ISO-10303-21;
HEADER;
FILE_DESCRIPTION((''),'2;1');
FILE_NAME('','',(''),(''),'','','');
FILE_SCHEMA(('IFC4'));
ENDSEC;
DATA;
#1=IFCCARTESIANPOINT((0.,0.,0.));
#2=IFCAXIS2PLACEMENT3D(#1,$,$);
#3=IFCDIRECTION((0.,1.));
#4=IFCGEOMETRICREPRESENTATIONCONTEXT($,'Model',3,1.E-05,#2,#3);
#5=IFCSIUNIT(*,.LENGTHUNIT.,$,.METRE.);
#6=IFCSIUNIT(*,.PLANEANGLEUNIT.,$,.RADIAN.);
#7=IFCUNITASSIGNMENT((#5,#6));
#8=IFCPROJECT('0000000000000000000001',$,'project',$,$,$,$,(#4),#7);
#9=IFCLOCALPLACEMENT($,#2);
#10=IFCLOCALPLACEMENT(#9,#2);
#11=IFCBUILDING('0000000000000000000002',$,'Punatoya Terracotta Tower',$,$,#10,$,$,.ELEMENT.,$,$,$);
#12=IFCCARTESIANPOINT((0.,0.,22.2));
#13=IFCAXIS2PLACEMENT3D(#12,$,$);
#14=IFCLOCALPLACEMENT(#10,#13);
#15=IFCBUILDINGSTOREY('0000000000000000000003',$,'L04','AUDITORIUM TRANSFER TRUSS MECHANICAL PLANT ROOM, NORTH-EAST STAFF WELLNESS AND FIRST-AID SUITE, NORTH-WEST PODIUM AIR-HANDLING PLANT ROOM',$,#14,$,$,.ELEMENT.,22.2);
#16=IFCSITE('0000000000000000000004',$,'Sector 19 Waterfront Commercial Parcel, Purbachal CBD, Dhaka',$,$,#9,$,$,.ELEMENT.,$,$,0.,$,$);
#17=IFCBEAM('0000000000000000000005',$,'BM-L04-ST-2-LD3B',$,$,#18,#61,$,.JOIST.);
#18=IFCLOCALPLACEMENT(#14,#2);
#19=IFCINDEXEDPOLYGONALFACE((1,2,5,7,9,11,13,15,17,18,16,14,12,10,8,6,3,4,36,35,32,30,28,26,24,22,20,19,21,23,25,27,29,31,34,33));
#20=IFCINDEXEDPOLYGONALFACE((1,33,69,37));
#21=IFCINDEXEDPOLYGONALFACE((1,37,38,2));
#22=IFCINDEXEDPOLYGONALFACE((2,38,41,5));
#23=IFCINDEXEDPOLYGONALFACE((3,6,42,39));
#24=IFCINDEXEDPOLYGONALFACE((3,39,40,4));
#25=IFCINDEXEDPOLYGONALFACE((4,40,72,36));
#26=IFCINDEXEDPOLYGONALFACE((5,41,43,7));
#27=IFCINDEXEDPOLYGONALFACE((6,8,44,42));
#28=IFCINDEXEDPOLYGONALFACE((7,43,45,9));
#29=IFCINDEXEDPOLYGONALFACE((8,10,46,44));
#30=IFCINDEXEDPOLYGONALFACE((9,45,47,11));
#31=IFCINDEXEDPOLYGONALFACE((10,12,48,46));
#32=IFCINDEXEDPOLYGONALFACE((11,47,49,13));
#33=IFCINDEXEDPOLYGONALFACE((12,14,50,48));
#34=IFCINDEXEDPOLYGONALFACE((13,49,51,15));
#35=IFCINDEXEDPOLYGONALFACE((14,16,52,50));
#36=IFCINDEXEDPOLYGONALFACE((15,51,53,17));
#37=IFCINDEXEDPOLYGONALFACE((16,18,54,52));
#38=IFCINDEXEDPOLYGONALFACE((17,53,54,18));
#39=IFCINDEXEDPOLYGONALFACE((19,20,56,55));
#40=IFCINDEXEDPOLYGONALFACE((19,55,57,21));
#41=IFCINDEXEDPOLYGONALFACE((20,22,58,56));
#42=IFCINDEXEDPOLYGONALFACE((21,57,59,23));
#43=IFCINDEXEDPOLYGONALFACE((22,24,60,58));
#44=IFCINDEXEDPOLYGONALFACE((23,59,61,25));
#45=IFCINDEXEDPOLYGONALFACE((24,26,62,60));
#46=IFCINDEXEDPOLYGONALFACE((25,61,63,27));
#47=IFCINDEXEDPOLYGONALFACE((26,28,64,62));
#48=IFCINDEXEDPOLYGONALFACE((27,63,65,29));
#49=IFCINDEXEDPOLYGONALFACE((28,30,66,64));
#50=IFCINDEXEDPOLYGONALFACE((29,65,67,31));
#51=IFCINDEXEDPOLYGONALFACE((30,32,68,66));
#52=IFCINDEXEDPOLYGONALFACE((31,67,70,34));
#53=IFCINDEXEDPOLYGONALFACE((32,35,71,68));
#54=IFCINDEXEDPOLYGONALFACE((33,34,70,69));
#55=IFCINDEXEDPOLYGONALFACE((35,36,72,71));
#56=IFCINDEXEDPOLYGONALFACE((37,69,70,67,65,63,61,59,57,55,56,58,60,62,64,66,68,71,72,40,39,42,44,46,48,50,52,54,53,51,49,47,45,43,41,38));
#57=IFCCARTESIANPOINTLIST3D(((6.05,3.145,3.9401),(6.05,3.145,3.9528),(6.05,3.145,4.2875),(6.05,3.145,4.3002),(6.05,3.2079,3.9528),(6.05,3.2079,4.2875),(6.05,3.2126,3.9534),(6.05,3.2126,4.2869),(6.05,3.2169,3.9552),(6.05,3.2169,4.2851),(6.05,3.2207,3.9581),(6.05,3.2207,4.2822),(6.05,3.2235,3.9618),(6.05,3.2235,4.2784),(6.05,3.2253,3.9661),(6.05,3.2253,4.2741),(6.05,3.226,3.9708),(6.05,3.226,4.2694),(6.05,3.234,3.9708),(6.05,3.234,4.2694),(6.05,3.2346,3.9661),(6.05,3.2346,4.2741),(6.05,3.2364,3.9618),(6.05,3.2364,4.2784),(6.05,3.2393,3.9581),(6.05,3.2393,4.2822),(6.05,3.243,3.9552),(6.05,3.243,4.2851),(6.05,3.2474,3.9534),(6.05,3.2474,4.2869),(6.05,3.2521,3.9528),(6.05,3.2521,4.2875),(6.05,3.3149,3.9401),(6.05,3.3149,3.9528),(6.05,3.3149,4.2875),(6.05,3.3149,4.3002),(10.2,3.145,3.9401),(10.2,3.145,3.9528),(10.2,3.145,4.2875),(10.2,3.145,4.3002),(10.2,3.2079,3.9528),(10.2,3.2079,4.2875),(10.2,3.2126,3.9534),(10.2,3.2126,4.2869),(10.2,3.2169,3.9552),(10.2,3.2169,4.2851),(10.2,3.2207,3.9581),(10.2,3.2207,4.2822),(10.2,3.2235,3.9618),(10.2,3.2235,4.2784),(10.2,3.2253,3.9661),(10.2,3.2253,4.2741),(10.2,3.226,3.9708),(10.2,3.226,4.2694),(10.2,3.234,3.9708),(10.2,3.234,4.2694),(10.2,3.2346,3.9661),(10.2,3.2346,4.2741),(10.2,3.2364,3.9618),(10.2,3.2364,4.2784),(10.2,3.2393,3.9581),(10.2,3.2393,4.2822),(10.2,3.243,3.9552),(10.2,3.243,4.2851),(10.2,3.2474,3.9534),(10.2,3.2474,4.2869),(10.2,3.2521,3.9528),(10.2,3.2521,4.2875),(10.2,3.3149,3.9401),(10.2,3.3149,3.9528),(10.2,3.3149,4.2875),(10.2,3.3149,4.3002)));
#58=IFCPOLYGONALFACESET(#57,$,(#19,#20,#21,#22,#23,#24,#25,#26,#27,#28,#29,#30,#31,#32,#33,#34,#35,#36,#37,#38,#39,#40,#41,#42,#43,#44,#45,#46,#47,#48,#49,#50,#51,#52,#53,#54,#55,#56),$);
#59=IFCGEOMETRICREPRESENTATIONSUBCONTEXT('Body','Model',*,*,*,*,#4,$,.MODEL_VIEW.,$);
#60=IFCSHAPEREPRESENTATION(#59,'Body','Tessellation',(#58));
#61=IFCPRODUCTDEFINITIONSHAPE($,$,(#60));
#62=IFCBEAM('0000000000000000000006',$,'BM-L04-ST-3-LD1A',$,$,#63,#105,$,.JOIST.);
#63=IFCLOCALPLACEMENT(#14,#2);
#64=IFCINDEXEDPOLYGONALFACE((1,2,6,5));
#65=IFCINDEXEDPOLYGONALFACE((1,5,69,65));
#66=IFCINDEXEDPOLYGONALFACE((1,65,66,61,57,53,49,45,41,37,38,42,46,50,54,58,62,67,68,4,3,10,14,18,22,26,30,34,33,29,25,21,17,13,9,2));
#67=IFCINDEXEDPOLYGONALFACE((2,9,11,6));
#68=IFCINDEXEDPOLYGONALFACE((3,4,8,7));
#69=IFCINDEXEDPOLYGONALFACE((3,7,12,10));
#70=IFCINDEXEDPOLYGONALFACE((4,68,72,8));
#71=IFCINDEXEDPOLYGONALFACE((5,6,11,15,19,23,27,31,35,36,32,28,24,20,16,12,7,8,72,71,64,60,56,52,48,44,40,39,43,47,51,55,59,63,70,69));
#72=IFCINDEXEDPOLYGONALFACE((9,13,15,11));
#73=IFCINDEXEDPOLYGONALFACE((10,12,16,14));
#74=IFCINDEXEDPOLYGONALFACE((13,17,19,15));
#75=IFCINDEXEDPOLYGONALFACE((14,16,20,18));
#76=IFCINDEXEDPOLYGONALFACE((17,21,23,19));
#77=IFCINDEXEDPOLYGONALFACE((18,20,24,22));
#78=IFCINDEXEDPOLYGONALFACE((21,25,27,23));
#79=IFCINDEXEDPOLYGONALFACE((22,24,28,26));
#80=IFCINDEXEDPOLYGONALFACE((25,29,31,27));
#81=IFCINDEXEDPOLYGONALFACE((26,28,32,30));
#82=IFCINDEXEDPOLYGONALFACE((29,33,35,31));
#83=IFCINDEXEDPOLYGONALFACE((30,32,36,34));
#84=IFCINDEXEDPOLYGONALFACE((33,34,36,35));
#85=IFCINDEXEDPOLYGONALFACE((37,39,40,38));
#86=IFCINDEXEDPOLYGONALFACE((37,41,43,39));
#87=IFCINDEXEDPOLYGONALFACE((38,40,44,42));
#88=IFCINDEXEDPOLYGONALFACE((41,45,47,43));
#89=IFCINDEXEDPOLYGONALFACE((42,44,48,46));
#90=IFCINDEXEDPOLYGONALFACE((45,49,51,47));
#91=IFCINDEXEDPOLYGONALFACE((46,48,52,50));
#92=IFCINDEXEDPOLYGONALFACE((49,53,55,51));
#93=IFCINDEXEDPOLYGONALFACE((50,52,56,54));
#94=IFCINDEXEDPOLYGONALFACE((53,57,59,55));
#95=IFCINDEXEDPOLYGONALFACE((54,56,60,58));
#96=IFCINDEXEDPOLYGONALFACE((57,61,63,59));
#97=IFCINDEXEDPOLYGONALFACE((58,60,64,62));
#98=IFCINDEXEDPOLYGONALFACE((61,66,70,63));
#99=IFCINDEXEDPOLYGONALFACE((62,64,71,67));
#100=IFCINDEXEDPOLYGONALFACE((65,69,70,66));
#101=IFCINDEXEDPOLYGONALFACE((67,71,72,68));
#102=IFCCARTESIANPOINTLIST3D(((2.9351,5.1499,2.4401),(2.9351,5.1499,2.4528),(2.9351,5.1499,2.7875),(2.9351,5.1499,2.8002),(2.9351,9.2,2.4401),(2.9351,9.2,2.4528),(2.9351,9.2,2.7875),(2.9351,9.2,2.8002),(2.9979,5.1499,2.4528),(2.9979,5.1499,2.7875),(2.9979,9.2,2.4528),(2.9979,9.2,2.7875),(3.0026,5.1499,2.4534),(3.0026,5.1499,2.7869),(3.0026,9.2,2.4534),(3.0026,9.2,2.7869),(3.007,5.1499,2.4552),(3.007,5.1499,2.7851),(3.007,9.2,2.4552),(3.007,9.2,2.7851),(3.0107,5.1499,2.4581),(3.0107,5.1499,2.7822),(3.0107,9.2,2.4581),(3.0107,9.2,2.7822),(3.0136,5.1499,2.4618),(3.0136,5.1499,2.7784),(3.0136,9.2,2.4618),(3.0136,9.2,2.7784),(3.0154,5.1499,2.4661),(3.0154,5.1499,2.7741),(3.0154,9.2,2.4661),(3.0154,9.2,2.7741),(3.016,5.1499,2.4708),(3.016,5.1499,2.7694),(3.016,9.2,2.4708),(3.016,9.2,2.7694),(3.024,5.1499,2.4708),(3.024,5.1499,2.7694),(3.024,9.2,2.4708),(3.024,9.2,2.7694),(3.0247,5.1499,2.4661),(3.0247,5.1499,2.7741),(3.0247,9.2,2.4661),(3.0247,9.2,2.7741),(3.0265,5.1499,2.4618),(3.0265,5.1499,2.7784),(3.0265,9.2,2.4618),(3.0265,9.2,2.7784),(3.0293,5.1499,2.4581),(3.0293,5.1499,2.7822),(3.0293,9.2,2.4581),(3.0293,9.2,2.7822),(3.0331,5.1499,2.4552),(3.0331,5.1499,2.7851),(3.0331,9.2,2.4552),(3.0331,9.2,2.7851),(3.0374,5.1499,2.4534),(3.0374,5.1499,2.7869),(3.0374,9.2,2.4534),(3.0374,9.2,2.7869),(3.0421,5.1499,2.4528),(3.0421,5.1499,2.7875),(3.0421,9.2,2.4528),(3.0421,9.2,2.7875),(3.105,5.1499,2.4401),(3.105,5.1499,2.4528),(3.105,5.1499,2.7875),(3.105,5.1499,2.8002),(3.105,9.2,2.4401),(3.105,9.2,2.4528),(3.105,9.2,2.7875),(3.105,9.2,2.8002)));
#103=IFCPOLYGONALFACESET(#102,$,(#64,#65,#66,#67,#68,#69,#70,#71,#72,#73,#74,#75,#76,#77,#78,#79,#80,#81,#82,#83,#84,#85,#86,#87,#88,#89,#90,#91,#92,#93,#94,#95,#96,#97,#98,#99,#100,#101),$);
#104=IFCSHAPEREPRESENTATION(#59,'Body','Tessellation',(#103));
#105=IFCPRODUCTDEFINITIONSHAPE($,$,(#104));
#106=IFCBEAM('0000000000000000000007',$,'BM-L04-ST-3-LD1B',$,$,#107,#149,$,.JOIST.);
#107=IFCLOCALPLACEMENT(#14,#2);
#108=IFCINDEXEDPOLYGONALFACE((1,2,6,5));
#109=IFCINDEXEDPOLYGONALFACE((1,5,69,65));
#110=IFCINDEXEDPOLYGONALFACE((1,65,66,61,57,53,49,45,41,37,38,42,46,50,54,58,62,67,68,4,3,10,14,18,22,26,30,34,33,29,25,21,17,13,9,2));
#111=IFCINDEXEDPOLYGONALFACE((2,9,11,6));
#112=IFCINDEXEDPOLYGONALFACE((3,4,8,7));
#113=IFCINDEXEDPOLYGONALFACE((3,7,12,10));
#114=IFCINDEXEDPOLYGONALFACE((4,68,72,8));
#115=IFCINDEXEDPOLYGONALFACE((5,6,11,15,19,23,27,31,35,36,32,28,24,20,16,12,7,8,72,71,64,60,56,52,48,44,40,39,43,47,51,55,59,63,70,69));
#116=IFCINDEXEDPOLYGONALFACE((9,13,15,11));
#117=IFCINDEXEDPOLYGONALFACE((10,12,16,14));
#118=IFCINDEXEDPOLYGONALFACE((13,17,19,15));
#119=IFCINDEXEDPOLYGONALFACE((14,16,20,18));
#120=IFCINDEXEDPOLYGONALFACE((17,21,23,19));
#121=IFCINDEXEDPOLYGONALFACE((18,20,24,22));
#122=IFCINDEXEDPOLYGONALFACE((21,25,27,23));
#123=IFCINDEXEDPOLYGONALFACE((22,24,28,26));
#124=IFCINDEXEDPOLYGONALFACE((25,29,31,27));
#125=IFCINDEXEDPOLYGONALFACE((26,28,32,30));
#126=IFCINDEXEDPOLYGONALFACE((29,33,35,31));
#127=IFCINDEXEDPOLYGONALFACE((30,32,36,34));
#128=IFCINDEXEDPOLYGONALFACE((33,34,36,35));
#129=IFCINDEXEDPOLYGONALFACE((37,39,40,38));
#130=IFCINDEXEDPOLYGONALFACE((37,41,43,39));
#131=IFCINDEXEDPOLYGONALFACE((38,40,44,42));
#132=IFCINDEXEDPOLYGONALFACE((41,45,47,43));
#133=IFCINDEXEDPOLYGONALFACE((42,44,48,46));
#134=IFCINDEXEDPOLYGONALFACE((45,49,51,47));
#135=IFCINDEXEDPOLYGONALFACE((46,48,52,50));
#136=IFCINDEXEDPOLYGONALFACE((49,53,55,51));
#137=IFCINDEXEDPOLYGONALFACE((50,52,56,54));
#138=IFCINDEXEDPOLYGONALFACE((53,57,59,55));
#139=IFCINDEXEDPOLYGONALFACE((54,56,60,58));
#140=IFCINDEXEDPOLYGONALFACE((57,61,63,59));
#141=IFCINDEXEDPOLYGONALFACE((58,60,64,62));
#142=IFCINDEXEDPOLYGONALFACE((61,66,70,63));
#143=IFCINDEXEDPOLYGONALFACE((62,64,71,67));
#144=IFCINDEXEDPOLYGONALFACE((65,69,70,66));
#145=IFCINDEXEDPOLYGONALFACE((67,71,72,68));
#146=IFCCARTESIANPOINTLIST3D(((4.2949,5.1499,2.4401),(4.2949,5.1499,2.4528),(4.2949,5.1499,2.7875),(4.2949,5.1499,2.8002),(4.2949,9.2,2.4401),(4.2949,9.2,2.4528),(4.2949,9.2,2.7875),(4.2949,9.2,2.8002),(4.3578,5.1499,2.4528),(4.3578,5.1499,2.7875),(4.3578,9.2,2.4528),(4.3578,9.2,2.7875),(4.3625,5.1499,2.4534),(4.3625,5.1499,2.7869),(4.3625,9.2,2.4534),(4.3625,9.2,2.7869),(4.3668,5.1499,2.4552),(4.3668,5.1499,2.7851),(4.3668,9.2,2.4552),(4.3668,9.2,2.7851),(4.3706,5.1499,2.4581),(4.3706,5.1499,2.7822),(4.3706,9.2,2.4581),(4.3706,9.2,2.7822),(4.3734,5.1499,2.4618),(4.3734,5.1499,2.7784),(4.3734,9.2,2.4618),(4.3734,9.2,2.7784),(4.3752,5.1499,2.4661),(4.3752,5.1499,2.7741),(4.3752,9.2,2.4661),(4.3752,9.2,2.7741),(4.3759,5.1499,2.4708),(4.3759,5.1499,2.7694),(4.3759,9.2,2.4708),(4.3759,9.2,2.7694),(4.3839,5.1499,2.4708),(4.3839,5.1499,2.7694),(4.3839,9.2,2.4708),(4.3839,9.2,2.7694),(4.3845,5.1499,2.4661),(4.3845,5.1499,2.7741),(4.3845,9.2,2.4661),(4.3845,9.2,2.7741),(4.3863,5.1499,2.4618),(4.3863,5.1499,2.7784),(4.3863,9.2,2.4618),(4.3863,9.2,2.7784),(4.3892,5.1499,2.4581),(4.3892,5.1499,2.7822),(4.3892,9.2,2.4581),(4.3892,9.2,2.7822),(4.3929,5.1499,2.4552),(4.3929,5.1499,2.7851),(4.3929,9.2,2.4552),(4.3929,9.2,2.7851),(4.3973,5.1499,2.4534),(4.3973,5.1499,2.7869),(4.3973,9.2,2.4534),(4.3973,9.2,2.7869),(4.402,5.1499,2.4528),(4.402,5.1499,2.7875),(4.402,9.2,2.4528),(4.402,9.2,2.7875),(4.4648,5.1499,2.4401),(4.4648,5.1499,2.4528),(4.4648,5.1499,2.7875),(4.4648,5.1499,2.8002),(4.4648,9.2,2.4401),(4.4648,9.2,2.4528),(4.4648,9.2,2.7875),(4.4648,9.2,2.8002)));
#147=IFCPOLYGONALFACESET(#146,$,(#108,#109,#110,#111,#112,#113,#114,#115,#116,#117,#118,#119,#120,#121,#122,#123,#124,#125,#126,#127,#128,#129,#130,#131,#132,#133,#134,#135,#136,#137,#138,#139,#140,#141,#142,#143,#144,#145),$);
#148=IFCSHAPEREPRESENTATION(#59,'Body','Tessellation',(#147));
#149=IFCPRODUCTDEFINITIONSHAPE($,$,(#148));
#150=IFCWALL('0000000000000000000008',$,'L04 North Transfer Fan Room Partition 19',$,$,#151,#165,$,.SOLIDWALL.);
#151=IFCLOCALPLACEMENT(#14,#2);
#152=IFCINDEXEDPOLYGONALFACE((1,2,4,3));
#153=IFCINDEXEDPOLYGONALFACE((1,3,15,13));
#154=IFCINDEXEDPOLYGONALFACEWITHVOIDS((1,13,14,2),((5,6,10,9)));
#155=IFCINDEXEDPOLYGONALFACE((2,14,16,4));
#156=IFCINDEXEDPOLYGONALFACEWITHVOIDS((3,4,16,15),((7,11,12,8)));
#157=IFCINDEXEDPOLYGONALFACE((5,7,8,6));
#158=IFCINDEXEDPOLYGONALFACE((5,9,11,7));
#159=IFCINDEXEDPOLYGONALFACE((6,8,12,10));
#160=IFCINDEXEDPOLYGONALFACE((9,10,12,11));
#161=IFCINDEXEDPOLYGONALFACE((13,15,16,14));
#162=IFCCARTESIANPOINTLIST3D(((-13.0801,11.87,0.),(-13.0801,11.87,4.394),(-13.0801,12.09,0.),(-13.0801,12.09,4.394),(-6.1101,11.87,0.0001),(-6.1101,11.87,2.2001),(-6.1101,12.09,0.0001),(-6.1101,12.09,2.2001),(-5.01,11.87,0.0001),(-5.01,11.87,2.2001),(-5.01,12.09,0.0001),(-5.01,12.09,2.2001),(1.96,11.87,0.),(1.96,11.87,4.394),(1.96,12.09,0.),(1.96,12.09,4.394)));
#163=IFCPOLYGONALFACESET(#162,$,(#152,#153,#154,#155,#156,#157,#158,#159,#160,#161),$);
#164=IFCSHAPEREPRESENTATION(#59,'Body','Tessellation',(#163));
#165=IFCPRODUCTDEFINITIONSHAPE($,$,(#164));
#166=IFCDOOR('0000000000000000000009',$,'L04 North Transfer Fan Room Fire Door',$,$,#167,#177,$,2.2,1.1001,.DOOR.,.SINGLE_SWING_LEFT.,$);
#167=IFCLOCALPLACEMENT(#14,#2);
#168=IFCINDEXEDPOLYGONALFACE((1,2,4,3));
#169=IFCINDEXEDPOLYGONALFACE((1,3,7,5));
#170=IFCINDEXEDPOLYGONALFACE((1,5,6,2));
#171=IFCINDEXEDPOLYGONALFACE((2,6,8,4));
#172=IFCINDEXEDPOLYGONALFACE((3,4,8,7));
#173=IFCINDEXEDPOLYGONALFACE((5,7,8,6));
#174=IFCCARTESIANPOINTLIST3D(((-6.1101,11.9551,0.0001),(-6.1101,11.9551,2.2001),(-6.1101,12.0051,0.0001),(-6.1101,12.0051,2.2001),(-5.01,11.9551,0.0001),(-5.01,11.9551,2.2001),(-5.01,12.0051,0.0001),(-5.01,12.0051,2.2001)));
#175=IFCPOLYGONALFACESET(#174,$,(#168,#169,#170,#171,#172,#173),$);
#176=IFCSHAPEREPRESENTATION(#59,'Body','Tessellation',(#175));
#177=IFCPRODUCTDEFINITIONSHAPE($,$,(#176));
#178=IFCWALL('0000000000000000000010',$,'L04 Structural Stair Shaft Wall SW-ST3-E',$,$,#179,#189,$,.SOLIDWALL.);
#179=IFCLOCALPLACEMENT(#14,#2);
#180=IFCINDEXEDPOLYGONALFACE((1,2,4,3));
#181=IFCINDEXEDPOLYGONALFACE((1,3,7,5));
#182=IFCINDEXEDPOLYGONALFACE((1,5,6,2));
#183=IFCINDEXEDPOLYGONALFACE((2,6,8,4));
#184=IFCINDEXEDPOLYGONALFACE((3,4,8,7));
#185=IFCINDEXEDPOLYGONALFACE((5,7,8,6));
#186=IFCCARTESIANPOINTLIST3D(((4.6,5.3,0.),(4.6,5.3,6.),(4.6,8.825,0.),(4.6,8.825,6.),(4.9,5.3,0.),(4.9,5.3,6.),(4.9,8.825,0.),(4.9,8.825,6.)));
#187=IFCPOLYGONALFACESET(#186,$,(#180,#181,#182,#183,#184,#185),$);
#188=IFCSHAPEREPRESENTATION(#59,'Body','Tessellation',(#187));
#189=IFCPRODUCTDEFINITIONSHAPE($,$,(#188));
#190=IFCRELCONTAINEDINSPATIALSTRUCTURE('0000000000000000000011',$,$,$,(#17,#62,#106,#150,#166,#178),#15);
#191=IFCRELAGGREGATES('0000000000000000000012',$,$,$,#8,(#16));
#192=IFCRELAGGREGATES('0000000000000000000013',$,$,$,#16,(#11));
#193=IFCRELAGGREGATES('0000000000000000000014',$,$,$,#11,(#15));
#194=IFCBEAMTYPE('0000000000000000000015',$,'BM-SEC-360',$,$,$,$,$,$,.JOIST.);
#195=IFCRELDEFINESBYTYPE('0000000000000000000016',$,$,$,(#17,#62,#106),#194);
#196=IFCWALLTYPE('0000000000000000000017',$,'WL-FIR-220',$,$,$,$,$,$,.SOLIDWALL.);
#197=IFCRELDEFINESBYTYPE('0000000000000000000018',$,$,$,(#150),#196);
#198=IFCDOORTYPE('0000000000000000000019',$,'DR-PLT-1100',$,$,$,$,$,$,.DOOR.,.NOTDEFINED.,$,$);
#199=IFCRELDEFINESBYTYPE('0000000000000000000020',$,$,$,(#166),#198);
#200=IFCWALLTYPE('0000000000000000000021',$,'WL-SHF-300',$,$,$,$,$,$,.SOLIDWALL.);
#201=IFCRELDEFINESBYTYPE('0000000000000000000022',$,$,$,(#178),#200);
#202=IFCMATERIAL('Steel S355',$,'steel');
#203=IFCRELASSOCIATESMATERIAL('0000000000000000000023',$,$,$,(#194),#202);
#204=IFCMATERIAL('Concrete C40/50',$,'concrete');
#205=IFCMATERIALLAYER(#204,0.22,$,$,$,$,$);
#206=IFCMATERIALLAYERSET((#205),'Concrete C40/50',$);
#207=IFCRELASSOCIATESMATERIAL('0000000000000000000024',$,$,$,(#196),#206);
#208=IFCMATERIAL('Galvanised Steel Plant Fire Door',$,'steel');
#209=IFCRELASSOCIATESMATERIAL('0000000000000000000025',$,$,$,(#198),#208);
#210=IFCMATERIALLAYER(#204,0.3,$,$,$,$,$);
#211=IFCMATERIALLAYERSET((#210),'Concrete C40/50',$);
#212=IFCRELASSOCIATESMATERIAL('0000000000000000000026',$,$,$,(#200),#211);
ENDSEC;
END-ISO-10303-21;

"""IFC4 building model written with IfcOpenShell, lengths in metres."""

from ifc_helpers import new_model, si_unit, direction, frame, frame_2d, origin, origin_2d, place, context, subcontext, project, spatial, rectangle, i_section, extrude, material, layer, layer_set, material_profile, profile_set, type_object, element, fill, save


model = new_model("IFC4")

# Units and contexts
model_context = context("Model", 3, precision=1e-05, world=origin(), true_north=direction((0.0, 1.0)))
body_context = subcontext(model_context, "Body", "Model", "MODEL_VIEW")
ifc_project = project(units=[si_unit("LENGTHUNIT", "METRE"), si_unit("PLANEANGLEUNIT", "RADIAN")], contexts=[model_context])

# Site, building, storey
site_placement = place(None, origin())
site = spatial("IfcSite", under=ifc_project, at=site_placement, Name="Sector 19 Waterfront Commercial Parcel, Purbachal CBD, Dhaka", CompositionType="ELEMENT", RefElevation=0.0)
building_placement = place(site_placement, origin())
building = spatial("IfcBuilding", under=site, at=building_placement, Name="Punatoya Terracotta Tower", CompositionType="ELEMENT")
storey_placement = place(building_placement, frame((0.0, 0.0, 22.2)))
storey = spatial("IfcBuildingStorey", under=building, at=storey_placement, Name="L04", Description="AUDITORIUM TRANSFER TRUSS MECHANICAL PLANT ROOM, NORTH-EAST STAFF WELLNESS AND FIRST-AID SUITE, NORTH-WEST PODIUM AIR-HANDLING PLANT ROOM", CompositionType="ELEMENT", Elevation=22.2)

# Beams
ifc_material_1 = material(Name="Steel S355", Category="steel")
ifc_material_profile_1 = material_profile(ifc_material_1, i_section(OverallWidth=0.1699, OverallDepth=0.3601, WebThickness=0.0081, FlangeThickness=0.0127, FilletRadius=0.0181, at=origin_2d()))
ifc_profile_set_1 = profile_set([ifc_material_profile_1], Name="Steel S355")
beam_type_1 = type_object("IfcBeamType", Name="BM-SEC-360", PredefinedType="JOIST", material=ifc_profile_set_1)
for number, where, z_axis, x_axis, name in (
    (1, (6.05, 3.23, 4.1201), (1.0, 0.0, 0.0), (0.0, 1.0, 0.0), "BM-L04-ST-2-LD3B"),
):
    element("IfcBeam", number, at=place(storey_placement, frame(where, z_axis=z_axis, x_axis=x_axis)), inside=storey, type_object=beam_type_1, Name=name, PredefinedType="JOIST", context=body_context, shape_type="SweptSolid", body=[
        extrude(i_section(OverallWidth=0.1699, OverallDepth=0.3601, WebThickness=0.0081, FlangeThickness=0.0127, FilletRadius=0.0181, at=origin_2d()), origin(), (0.0, 0.0, 1.0), 4.1499),
    ])
for number, where, z_axis, x_axis, name in (
    (2, (3.02, 5.1499, 2.6201), (0.0, 1.0, 0.0), (-1.0, 0.0, 0.0), "BM-L04-ST-3-LD1A"),
    (3, (4.3799, 5.1499, 2.6201), (0.0, 1.0, 0.0), (-1.0, 0.0, 0.0), "BM-L04-ST-3-LD1B"),
):
    element("IfcBeam", number, at=place(storey_placement, frame(where, z_axis=z_axis, x_axis=x_axis)), inside=storey, type_object=beam_type_1, Name=name, PredefinedType="JOIST", context=body_context, shape_type="SweptSolid", body=[
        extrude(i_section(OverallWidth=0.1699, OverallDepth=0.3601, WebThickness=0.0081, FlangeThickness=0.0127, FilletRadius=0.0181, at=origin_2d()), origin(), (0.0, 0.0, 1.0), 4.05),
    ])

# Wall, opening, door
ifc_material_2 = material(Name="Concrete C40/50", Category="concrete")
ifc_layer_1 = layer(ifc_material_2, 0.22)
ifc_layer_set_1 = layer_set([ifc_layer_1], Name="Concrete C40/50")
wall_type_1 = type_object("IfcWallType", Name="WL-FIR-220", PredefinedType="SOLIDWALL", material=ifc_layer_set_1)
wall_1_placement = place(storey_placement, frame((1.96, 11.98, 0.0), z_axis=(0.0, 0.0, 1.0), x_axis=(-1.0, 0.0, 0.0)))
wall_1 = element("IfcWall", 4, at=wall_1_placement, inside=storey, type_object=wall_type_1, Name="L04 North Transfer Fan Room Partition 19", PredefinedType="SOLIDWALL", context=body_context, shape_type="SweptSolid", body=[
    extrude(rectangle(XDim=15.04, YDim=0.22, at=frame_2d((7.52, 0.0))), origin(), (0.0, 0.0, 1.0), 4.394),
])
opening_placement = place(wall_1_placement, frame((6.97, 0.0, 0.0)))
opening = element("IfcOpeningElement", 5, at=opening_placement, cuts=wall_1, PredefinedType="OPENING", context=body_context, shape_type="SweptSolid", body=[
    extrude(rectangle(XDim=1.1001, YDim=2.2, at=frame_2d((0.55, 1.1001))), frame((0.0, 0.1199, 0.0), z_axis=(0.0, -1.0, 0.0), x_axis=(1.0, 0.0, 0.0)), (0.0, 0.0, 1.0), 0.24),
])
ifc_material_3 = material(Name="Galvanised Steel Plant Fire Door", Category="steel")
door_type = type_object("IfcDoorType", Name="DR-PLT-1100", OperationType="NOTDEFINED", PredefinedType="DOOR", material=ifc_material_3)
door_placement = place(opening_placement, origin())
door = element("IfcDoor", 6, at=door_placement, inside=storey, type_object=door_type, Name="L04 North Transfer Fan Room Fire Door", OperationType="SINGLE_SWING_LEFT", OverallHeight=2.2, OverallWidth=1.1001, PredefinedType="DOOR", context=body_context, shape_type="SweptSolid", body=[
    extrude(rectangle(XDim=1.1001, YDim=2.2, at=frame_2d((0.55, 1.1001))), frame((0.0, 0.0249, 0.0), z_axis=(0.0, -1.0, 0.0), x_axis=(1.0, 0.0, 0.0)), (0.0, 0.0, 1.0), 0.05),
])
fill(opening, door)

# Wall
ifc_layer_2 = layer(ifc_material_2, 0.3)
ifc_layer_set_2 = layer_set([ifc_layer_2], Name="Concrete C40/50")
wall_type_2 = type_object("IfcWallType", Name="WL-SHF-300", PredefinedType="SOLIDWALL", material=ifc_layer_set_2)
wall_2_placement = place(storey_placement, frame((4.75, 8.825, 0.0), z_axis=(0.0, 0.0, 1.0), x_axis=(0.0, -1.0, 0.0)))
element("IfcWall", 7, at=wall_2_placement, inside=storey, type_object=wall_type_2, Name="L04 Structural Stair Shaft Wall SW-ST3-E", PredefinedType="SOLIDWALL", context=body_context, shape_type="SweptSolid", body=[
    extrude(rectangle(XDim=3.5249, YDim=0.3, at=frame_2d((1.7625, 0.0))), origin(), (0.0, 0.0, 1.0), 6.0),
])

save(model, "model.ifc")
